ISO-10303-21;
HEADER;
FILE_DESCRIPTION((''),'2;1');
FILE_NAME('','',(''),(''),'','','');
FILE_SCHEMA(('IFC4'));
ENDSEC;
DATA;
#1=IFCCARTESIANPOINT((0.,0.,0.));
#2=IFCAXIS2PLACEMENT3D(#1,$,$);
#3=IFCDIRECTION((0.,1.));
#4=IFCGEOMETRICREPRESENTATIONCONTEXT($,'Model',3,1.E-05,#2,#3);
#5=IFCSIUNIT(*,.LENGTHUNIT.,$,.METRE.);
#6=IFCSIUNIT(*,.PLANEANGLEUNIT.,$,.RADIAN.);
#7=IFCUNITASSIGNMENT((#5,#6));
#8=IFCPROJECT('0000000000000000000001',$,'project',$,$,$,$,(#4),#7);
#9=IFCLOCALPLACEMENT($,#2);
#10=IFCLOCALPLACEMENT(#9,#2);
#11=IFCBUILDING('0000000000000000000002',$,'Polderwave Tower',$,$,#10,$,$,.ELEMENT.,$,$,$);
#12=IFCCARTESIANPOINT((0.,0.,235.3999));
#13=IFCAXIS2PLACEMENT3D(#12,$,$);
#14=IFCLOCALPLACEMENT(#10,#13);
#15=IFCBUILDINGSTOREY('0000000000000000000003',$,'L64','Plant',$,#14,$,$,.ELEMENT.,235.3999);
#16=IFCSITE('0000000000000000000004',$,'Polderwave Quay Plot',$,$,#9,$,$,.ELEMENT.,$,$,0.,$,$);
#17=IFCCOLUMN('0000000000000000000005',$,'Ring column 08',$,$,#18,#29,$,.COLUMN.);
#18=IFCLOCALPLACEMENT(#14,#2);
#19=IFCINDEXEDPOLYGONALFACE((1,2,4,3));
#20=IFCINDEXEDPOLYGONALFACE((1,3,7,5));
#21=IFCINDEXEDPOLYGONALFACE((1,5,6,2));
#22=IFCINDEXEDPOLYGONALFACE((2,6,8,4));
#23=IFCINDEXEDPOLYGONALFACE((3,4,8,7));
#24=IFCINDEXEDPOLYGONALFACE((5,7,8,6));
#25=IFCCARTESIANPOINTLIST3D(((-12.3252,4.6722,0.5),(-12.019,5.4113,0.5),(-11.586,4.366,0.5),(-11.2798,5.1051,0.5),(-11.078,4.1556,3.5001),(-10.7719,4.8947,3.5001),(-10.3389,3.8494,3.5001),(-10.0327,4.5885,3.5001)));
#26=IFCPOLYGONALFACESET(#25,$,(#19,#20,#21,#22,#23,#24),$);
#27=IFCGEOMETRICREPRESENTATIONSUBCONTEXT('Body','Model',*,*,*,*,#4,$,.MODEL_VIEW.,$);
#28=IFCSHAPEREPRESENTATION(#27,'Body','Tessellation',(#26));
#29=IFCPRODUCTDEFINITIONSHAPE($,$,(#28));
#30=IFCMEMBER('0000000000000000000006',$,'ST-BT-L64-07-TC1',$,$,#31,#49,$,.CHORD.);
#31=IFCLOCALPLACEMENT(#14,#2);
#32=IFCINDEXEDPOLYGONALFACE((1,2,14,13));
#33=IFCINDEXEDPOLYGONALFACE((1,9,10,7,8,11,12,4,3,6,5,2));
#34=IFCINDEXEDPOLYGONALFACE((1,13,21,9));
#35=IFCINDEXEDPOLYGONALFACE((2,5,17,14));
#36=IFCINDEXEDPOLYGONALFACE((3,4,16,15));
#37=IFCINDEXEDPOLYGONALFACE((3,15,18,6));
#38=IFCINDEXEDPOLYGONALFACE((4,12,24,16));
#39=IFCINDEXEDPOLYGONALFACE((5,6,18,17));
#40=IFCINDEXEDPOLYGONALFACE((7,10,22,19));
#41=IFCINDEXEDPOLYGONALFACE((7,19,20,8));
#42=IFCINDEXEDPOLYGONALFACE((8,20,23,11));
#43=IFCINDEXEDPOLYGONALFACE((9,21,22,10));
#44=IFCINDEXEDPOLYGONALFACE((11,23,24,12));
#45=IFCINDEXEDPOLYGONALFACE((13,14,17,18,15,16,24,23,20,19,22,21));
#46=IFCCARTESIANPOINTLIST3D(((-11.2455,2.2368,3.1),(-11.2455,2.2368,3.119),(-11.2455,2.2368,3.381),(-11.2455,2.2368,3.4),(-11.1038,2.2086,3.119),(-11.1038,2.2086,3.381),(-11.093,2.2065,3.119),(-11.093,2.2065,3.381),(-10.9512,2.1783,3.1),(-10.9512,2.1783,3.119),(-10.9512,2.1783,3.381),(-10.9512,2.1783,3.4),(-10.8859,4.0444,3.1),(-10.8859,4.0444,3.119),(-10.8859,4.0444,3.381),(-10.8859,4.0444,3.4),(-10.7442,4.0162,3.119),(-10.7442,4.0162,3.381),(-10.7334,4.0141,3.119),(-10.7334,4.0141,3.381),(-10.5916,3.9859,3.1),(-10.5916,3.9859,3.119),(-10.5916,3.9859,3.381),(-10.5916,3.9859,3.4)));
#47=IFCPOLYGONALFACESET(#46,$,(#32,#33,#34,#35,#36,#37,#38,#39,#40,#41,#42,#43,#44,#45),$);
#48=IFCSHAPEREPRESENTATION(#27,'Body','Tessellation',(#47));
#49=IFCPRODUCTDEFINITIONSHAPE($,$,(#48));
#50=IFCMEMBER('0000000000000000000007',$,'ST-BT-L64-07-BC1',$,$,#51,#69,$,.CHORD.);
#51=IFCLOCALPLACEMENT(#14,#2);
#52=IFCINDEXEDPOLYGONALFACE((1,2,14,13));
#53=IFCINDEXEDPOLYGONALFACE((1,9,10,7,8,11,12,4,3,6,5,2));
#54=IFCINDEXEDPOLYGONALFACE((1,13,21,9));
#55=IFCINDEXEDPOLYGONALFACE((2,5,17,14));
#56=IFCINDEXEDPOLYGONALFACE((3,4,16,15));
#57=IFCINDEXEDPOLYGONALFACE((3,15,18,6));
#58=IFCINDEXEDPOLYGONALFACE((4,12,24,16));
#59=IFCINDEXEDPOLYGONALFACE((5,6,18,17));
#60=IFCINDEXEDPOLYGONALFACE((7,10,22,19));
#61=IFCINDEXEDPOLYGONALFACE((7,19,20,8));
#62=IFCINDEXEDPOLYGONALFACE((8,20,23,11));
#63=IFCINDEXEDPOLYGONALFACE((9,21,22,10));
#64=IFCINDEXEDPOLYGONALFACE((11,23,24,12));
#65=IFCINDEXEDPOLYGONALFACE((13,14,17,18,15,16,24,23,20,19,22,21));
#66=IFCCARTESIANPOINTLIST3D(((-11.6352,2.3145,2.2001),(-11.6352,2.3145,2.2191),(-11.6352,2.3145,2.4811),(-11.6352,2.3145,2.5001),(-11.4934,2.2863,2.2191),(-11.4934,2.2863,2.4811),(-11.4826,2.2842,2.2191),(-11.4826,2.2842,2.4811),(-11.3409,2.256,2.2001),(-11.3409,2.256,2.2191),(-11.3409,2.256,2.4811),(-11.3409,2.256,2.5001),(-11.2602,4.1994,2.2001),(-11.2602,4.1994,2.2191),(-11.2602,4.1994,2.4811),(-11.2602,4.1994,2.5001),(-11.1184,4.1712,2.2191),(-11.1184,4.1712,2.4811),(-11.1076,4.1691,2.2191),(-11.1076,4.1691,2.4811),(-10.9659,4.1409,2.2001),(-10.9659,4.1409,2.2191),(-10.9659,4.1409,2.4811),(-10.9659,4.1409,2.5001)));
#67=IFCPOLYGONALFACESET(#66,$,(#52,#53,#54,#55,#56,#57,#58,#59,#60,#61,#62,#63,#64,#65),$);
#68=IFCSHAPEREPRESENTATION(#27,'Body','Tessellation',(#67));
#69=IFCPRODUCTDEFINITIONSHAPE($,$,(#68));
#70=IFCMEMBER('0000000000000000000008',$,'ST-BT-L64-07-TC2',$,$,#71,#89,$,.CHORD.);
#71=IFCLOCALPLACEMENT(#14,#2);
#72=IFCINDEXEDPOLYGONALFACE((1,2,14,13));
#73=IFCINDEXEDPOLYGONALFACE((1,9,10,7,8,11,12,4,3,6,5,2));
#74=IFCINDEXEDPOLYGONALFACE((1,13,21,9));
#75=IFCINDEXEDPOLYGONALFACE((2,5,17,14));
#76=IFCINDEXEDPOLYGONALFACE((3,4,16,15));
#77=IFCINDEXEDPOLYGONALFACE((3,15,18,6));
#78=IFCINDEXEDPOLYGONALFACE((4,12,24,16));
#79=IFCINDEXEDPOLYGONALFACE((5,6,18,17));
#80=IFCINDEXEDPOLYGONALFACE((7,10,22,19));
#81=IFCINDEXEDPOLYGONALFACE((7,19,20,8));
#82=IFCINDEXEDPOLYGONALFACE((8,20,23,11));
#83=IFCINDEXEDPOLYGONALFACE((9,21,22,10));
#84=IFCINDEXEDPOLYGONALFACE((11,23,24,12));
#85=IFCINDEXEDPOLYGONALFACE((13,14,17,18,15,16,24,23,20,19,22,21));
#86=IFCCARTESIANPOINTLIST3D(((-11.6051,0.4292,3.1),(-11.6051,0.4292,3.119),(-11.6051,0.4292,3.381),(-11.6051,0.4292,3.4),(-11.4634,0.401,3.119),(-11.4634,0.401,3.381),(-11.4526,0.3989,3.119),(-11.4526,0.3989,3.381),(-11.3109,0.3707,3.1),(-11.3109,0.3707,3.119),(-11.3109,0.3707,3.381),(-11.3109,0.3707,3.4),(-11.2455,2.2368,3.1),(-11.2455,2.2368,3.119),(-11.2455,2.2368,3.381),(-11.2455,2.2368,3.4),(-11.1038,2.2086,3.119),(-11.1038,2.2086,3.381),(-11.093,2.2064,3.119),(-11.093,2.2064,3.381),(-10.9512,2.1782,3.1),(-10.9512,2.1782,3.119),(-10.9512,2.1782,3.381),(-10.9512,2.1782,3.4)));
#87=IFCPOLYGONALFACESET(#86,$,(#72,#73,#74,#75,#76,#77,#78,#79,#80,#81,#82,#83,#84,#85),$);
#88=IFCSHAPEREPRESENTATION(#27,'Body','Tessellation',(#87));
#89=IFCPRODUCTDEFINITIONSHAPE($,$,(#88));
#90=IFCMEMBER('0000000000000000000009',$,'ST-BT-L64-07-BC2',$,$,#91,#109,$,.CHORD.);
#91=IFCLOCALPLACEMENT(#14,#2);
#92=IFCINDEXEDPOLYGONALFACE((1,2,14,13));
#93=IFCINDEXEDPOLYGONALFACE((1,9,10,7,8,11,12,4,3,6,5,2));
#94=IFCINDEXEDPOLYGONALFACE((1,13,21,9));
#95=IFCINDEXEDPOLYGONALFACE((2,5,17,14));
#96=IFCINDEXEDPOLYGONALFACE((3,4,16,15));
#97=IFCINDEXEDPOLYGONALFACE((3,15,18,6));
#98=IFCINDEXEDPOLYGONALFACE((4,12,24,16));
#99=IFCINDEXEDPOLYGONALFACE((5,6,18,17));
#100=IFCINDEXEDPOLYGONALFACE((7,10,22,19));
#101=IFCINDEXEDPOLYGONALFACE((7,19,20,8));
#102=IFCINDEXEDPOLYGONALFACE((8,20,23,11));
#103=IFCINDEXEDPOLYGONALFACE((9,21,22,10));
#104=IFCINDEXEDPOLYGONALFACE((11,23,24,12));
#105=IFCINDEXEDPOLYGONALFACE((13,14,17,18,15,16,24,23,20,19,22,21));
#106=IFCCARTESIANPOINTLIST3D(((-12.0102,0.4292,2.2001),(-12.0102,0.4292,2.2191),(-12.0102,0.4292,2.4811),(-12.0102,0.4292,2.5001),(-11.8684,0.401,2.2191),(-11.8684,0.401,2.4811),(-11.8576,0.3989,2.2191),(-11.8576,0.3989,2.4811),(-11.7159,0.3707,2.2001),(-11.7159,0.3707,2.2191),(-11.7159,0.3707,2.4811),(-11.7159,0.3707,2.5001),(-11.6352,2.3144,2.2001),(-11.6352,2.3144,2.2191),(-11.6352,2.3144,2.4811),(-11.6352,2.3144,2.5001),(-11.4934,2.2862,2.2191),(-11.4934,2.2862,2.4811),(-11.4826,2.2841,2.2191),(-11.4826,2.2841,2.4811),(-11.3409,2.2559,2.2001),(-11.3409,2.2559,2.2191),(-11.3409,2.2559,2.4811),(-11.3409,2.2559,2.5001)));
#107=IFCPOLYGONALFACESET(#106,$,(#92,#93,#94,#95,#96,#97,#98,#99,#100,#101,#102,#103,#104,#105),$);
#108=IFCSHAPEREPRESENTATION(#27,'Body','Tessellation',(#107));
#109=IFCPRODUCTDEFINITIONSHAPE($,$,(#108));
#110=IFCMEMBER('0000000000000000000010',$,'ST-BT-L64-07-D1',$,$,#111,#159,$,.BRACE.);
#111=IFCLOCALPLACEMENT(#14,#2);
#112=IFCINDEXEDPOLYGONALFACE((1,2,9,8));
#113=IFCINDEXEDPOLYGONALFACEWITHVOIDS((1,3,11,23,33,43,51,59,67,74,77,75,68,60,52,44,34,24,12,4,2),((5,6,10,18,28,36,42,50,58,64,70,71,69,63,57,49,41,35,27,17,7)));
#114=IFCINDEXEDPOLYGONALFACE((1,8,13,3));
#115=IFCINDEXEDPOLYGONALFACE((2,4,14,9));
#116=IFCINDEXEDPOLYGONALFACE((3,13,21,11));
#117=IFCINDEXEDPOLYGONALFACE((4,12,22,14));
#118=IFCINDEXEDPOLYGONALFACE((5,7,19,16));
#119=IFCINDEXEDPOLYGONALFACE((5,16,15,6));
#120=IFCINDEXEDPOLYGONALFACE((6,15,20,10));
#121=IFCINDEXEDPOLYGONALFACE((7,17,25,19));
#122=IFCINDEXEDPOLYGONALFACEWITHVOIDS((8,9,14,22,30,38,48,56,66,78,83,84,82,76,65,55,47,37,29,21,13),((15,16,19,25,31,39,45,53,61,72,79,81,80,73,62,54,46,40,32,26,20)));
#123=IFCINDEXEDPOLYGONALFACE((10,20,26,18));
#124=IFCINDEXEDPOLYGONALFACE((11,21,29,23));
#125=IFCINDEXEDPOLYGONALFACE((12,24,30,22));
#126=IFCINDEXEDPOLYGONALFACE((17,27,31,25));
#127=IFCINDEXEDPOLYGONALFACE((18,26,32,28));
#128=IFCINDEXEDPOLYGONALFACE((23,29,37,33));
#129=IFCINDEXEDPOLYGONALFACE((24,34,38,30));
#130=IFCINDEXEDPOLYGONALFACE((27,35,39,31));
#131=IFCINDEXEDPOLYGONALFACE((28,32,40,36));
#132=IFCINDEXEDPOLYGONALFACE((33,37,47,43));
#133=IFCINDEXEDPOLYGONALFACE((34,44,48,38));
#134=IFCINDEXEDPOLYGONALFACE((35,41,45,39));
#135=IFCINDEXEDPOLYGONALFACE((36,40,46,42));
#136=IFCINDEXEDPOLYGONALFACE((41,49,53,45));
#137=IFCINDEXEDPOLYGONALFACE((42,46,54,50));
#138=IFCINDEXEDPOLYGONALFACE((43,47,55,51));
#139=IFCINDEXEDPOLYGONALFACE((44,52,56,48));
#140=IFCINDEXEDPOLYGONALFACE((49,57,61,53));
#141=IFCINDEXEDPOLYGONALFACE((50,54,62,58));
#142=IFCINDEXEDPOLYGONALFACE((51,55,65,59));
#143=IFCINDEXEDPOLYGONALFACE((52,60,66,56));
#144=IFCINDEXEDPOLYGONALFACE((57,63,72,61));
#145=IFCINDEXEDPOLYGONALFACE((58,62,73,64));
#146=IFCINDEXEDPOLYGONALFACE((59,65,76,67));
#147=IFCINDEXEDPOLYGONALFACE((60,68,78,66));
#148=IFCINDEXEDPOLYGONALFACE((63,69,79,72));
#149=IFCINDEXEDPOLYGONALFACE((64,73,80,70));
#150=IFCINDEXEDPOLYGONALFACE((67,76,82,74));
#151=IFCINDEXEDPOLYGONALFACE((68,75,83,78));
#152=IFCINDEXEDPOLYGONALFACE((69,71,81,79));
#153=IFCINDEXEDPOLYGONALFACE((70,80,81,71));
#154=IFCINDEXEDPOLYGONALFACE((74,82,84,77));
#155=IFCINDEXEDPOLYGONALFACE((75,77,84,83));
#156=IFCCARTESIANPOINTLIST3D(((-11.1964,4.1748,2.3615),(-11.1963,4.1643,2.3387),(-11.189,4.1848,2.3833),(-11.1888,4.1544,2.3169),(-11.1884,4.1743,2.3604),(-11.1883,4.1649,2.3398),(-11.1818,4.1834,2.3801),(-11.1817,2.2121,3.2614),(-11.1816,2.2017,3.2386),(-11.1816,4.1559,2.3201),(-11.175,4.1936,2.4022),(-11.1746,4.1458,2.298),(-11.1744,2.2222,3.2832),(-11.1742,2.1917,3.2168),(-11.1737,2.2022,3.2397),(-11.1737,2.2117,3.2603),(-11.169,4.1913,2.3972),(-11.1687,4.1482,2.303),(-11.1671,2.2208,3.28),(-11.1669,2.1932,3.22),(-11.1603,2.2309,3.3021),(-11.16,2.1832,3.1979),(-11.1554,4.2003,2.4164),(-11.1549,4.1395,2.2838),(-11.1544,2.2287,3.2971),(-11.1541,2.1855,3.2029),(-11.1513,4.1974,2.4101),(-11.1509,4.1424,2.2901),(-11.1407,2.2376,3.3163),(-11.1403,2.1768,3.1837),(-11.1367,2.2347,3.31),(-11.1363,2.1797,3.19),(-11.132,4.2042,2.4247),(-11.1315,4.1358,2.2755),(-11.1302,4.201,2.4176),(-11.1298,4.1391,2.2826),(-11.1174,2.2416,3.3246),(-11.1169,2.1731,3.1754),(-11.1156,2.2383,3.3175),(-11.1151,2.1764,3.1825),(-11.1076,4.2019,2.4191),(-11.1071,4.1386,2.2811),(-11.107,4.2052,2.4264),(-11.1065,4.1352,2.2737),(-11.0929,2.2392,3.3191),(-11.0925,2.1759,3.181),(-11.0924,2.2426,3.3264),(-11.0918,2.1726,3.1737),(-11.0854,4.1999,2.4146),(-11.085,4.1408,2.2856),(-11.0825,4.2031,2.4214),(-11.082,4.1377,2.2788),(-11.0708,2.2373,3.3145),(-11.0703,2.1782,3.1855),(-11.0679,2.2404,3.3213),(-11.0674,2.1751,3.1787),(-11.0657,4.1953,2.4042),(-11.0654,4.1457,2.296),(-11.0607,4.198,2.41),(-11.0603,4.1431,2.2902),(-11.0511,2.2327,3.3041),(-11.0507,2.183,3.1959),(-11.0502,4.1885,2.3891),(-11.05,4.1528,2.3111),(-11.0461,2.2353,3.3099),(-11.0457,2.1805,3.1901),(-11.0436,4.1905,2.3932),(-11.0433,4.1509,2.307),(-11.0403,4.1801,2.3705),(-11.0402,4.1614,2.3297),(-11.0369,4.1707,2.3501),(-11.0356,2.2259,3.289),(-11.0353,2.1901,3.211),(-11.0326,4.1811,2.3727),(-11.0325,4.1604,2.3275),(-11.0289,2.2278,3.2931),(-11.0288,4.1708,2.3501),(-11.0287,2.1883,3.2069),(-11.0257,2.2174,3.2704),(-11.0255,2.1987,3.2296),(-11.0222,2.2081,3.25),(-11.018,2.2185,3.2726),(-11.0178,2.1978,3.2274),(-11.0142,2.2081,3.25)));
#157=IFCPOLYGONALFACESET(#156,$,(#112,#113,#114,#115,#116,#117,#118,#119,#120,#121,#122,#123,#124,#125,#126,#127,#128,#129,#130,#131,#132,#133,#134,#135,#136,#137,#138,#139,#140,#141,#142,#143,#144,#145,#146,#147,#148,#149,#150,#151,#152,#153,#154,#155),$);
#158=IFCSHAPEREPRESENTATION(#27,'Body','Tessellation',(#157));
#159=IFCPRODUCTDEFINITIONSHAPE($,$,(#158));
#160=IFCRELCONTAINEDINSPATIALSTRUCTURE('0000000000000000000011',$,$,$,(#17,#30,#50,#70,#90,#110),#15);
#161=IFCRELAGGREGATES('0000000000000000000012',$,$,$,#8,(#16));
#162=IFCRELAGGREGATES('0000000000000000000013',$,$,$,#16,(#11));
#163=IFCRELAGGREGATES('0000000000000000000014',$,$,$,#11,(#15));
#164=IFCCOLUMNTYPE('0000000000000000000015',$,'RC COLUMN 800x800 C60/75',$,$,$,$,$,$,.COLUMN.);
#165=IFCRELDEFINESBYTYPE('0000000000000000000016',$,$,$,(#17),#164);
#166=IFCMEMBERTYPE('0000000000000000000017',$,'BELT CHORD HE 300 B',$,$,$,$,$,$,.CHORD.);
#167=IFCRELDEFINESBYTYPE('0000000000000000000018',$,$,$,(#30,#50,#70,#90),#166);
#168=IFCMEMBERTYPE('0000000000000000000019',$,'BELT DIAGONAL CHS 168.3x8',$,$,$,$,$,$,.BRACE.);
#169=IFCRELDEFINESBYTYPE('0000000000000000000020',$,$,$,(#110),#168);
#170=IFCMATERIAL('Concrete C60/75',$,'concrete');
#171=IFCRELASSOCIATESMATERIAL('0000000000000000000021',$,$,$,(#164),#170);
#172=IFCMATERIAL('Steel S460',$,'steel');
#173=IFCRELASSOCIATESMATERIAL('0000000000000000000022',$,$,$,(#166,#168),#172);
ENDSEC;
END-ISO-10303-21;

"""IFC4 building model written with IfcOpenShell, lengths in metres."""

from ifc_helpers import new_model, si_unit, direction, frame, origin, origin_2d, place, context, subcontext, project, spatial, rectangle, hollow_circle, i_section, extrude, material, material_profile, profile_set, type_object, element, save


model = new_model("IFC4")

# Units and contexts
model_context = context("Model", 3, precision=1e-05, world=origin(), true_north=direction((0.0, 1.0)))
body_context = subcontext(model_context, "Body", "Model", "MODEL_VIEW")
ifc_project = project(units=[si_unit("LENGTHUNIT", "METRE"), si_unit("PLANEANGLEUNIT", "RADIAN")], contexts=[model_context])

# Site, building, storey
site_placement = place(None, origin())
site = spatial("IfcSite", under=ifc_project, at=site_placement, Name="Polderwave Quay Plot", CompositionType="ELEMENT", RefElevation=0.0)
building_placement = place(site_placement, origin())
building = spatial("IfcBuilding", under=site, at=building_placement, Name="Polderwave Tower", CompositionType="ELEMENT")
storey_placement = place(building_placement, frame((0.0, 0.0, 235.3999)))
storey = spatial("IfcBuildingStorey", under=building, at=storey_placement, Name="L64", Description="Plant", CompositionType="ELEMENT", Elevation=235.3999)

# Column
ifc_material_1 = material(Name="Concrete C60/75", Category="concrete")
ifc_material_profile_1 = material_profile(ifc_material_1, rectangle(XDim=0.8, YDim=0.8, at=origin_2d()), Name="RC 800x800")
ifc_profile_set_1 = profile_set([ifc_material_profile_1], Name="Concrete C60/75")
column_type = type_object("IfcColumnType", Name="RC COLUMN 800x800 C60/75", PredefinedType="COLUMN", material=ifc_profile_set_1)
column_placement = place(storey_placement, frame((-11.8025, 4.8887, 0.5), z_axis=(0.0, 0.0, 1.0), x_axis=(0.382714, 0.923867, 0.0)))
element("IfcColumn", 1, at=column_placement, inside=storey, type_object=column_type, Name="Ring column 08", PredefinedType="COLUMN", context=body_context, shape_type="SweptSolid", body=[
    extrude(rectangle(XDim=0.8, YDim=0.8, at=origin_2d()), origin(), (0.0, -0.410324, 0.91194), 3.2898),
])

# Members
ifc_material_2 = material(Name="Steel S460", Category="steel")
ifc_material_profile_2 = material_profile(ifc_material_2, i_section(OverallWidth=0.3, OverallDepth=0.3, WebThickness=0.011, FlangeThickness=0.019, at=origin_2d()), Name="HE 300 B")
ifc_profile_set_2 = profile_set([ifc_material_profile_2], Name="Steel S460")
member_type_1 = type_object("IfcMemberType", Name="BELT CHORD HE 300 B", PredefinedType="CHORD", material=ifc_profile_set_2)
member_1_placement = place(storey_placement, frame((-10.7388, 4.0151, 3.25), z_axis=(-0.195123, -0.980779, 0.0), x_axis=(0.980779, -0.195123, 0.0)))
element("IfcMember", 2, at=member_1_placement, inside=storey, type_object=member_type_1, Name="ST-BT-L64-07-TC1", PredefinedType="CHORD", context=body_context, shape_type="SweptSolid", body=[
    extrude(i_section(OverallWidth=0.3, OverallDepth=0.3, WebThickness=0.011, FlangeThickness=0.019, at=origin_2d()), origin(), (0.0, 0.0, 1.0), 1.843),
])
member_2_placement = place(storey_placement, frame((-11.113, 4.1702, 2.3501), z_axis=(-0.195114, -0.98078, 0.0), x_axis=(0.98078, -0.195114, 0.0)))
element("IfcMember", 3, at=member_2_placement, inside=storey, type_object=member_type_1, Name="ST-BT-L64-07-BC1", PredefinedType="CHORD", context=body_context, shape_type="SweptSolid", body=[
    extrude(i_section(OverallWidth=0.3, OverallDepth=0.3, WebThickness=0.011, FlangeThickness=0.019, at=origin_2d()), origin(), (0.0, 0.0, 1.0), 1.9219),
])
member_3_placement = place(storey_placement, frame((-11.0984, 2.2075, 3.25), z_axis=(-0.195123, -0.980779, 0.0), x_axis=(0.980779, -0.195123, 0.0)))
element("IfcMember", 4, at=member_3_placement, inside=storey, type_object=member_type_1, Name="ST-BT-L64-07-TC2", PredefinedType="CHORD", context=body_context, shape_type="SweptSolid", body=[
    extrude(i_section(OverallWidth=0.3, OverallDepth=0.3, WebThickness=0.011, FlangeThickness=0.019, at=origin_2d()), origin(), (0.0, 0.0, 1.0), 1.843),
])
member_4_placement = place(storey_placement, frame((-11.488, 2.2852, 2.3501), z_axis=(-0.19509, -0.980785, 0.0), x_axis=(0.980785, -0.19509, 0.0)))
element("IfcMember", 5, at=member_4_placement, inside=storey, type_object=member_type_1, Name="ST-BT-L64-07-BC2", PredefinedType="CHORD", context=body_context, shape_type="SweptSolid", body=[
    extrude(i_section(OverallWidth=0.3, OverallDepth=0.3, WebThickness=0.011, FlangeThickness=0.019, at=origin_2d()), origin(), (0.0, 0.0, 1.0), 1.9221),
])
ifc_material_profile_3 = material_profile(ifc_material_2, hollow_circle(Radius=0.0842, WallThickness=0.0081, at=origin_2d()), Name="CHS 168.3x8")
ifc_profile_set_3 = profile_set([ifc_material_profile_3], Name="Steel S460")
member_type_2 = type_object("IfcMemberType", Name="BELT DIAGONAL CHS 168.3x8", PredefinedType="BRACE", material=ifc_profile_set_3)
for number, where, z_axis, x_axis, name in (
    (6, (-11.113, 4.1702, 2.3501), (0.006784, -0.908981, 0.416781), (0.999972, 0.007463, 0.0), "ST-BT-L64-07-D1"),
):
    element("IfcMember", number, at=place(storey_placement, frame(where, z_axis=z_axis, x_axis=x_axis)), inside=storey, type_object=member_type_2, Name=name, PredefinedType="BRACE", context=body_context, shape_type="SweptSolid", body=[
        extrude(hollow_circle(Radius=0.0842, WallThickness=0.0081, at=origin_2d()), origin(), (0.0, 0.0, 1.0), 2.1592),
    ])

save(model, "model.ifc")
